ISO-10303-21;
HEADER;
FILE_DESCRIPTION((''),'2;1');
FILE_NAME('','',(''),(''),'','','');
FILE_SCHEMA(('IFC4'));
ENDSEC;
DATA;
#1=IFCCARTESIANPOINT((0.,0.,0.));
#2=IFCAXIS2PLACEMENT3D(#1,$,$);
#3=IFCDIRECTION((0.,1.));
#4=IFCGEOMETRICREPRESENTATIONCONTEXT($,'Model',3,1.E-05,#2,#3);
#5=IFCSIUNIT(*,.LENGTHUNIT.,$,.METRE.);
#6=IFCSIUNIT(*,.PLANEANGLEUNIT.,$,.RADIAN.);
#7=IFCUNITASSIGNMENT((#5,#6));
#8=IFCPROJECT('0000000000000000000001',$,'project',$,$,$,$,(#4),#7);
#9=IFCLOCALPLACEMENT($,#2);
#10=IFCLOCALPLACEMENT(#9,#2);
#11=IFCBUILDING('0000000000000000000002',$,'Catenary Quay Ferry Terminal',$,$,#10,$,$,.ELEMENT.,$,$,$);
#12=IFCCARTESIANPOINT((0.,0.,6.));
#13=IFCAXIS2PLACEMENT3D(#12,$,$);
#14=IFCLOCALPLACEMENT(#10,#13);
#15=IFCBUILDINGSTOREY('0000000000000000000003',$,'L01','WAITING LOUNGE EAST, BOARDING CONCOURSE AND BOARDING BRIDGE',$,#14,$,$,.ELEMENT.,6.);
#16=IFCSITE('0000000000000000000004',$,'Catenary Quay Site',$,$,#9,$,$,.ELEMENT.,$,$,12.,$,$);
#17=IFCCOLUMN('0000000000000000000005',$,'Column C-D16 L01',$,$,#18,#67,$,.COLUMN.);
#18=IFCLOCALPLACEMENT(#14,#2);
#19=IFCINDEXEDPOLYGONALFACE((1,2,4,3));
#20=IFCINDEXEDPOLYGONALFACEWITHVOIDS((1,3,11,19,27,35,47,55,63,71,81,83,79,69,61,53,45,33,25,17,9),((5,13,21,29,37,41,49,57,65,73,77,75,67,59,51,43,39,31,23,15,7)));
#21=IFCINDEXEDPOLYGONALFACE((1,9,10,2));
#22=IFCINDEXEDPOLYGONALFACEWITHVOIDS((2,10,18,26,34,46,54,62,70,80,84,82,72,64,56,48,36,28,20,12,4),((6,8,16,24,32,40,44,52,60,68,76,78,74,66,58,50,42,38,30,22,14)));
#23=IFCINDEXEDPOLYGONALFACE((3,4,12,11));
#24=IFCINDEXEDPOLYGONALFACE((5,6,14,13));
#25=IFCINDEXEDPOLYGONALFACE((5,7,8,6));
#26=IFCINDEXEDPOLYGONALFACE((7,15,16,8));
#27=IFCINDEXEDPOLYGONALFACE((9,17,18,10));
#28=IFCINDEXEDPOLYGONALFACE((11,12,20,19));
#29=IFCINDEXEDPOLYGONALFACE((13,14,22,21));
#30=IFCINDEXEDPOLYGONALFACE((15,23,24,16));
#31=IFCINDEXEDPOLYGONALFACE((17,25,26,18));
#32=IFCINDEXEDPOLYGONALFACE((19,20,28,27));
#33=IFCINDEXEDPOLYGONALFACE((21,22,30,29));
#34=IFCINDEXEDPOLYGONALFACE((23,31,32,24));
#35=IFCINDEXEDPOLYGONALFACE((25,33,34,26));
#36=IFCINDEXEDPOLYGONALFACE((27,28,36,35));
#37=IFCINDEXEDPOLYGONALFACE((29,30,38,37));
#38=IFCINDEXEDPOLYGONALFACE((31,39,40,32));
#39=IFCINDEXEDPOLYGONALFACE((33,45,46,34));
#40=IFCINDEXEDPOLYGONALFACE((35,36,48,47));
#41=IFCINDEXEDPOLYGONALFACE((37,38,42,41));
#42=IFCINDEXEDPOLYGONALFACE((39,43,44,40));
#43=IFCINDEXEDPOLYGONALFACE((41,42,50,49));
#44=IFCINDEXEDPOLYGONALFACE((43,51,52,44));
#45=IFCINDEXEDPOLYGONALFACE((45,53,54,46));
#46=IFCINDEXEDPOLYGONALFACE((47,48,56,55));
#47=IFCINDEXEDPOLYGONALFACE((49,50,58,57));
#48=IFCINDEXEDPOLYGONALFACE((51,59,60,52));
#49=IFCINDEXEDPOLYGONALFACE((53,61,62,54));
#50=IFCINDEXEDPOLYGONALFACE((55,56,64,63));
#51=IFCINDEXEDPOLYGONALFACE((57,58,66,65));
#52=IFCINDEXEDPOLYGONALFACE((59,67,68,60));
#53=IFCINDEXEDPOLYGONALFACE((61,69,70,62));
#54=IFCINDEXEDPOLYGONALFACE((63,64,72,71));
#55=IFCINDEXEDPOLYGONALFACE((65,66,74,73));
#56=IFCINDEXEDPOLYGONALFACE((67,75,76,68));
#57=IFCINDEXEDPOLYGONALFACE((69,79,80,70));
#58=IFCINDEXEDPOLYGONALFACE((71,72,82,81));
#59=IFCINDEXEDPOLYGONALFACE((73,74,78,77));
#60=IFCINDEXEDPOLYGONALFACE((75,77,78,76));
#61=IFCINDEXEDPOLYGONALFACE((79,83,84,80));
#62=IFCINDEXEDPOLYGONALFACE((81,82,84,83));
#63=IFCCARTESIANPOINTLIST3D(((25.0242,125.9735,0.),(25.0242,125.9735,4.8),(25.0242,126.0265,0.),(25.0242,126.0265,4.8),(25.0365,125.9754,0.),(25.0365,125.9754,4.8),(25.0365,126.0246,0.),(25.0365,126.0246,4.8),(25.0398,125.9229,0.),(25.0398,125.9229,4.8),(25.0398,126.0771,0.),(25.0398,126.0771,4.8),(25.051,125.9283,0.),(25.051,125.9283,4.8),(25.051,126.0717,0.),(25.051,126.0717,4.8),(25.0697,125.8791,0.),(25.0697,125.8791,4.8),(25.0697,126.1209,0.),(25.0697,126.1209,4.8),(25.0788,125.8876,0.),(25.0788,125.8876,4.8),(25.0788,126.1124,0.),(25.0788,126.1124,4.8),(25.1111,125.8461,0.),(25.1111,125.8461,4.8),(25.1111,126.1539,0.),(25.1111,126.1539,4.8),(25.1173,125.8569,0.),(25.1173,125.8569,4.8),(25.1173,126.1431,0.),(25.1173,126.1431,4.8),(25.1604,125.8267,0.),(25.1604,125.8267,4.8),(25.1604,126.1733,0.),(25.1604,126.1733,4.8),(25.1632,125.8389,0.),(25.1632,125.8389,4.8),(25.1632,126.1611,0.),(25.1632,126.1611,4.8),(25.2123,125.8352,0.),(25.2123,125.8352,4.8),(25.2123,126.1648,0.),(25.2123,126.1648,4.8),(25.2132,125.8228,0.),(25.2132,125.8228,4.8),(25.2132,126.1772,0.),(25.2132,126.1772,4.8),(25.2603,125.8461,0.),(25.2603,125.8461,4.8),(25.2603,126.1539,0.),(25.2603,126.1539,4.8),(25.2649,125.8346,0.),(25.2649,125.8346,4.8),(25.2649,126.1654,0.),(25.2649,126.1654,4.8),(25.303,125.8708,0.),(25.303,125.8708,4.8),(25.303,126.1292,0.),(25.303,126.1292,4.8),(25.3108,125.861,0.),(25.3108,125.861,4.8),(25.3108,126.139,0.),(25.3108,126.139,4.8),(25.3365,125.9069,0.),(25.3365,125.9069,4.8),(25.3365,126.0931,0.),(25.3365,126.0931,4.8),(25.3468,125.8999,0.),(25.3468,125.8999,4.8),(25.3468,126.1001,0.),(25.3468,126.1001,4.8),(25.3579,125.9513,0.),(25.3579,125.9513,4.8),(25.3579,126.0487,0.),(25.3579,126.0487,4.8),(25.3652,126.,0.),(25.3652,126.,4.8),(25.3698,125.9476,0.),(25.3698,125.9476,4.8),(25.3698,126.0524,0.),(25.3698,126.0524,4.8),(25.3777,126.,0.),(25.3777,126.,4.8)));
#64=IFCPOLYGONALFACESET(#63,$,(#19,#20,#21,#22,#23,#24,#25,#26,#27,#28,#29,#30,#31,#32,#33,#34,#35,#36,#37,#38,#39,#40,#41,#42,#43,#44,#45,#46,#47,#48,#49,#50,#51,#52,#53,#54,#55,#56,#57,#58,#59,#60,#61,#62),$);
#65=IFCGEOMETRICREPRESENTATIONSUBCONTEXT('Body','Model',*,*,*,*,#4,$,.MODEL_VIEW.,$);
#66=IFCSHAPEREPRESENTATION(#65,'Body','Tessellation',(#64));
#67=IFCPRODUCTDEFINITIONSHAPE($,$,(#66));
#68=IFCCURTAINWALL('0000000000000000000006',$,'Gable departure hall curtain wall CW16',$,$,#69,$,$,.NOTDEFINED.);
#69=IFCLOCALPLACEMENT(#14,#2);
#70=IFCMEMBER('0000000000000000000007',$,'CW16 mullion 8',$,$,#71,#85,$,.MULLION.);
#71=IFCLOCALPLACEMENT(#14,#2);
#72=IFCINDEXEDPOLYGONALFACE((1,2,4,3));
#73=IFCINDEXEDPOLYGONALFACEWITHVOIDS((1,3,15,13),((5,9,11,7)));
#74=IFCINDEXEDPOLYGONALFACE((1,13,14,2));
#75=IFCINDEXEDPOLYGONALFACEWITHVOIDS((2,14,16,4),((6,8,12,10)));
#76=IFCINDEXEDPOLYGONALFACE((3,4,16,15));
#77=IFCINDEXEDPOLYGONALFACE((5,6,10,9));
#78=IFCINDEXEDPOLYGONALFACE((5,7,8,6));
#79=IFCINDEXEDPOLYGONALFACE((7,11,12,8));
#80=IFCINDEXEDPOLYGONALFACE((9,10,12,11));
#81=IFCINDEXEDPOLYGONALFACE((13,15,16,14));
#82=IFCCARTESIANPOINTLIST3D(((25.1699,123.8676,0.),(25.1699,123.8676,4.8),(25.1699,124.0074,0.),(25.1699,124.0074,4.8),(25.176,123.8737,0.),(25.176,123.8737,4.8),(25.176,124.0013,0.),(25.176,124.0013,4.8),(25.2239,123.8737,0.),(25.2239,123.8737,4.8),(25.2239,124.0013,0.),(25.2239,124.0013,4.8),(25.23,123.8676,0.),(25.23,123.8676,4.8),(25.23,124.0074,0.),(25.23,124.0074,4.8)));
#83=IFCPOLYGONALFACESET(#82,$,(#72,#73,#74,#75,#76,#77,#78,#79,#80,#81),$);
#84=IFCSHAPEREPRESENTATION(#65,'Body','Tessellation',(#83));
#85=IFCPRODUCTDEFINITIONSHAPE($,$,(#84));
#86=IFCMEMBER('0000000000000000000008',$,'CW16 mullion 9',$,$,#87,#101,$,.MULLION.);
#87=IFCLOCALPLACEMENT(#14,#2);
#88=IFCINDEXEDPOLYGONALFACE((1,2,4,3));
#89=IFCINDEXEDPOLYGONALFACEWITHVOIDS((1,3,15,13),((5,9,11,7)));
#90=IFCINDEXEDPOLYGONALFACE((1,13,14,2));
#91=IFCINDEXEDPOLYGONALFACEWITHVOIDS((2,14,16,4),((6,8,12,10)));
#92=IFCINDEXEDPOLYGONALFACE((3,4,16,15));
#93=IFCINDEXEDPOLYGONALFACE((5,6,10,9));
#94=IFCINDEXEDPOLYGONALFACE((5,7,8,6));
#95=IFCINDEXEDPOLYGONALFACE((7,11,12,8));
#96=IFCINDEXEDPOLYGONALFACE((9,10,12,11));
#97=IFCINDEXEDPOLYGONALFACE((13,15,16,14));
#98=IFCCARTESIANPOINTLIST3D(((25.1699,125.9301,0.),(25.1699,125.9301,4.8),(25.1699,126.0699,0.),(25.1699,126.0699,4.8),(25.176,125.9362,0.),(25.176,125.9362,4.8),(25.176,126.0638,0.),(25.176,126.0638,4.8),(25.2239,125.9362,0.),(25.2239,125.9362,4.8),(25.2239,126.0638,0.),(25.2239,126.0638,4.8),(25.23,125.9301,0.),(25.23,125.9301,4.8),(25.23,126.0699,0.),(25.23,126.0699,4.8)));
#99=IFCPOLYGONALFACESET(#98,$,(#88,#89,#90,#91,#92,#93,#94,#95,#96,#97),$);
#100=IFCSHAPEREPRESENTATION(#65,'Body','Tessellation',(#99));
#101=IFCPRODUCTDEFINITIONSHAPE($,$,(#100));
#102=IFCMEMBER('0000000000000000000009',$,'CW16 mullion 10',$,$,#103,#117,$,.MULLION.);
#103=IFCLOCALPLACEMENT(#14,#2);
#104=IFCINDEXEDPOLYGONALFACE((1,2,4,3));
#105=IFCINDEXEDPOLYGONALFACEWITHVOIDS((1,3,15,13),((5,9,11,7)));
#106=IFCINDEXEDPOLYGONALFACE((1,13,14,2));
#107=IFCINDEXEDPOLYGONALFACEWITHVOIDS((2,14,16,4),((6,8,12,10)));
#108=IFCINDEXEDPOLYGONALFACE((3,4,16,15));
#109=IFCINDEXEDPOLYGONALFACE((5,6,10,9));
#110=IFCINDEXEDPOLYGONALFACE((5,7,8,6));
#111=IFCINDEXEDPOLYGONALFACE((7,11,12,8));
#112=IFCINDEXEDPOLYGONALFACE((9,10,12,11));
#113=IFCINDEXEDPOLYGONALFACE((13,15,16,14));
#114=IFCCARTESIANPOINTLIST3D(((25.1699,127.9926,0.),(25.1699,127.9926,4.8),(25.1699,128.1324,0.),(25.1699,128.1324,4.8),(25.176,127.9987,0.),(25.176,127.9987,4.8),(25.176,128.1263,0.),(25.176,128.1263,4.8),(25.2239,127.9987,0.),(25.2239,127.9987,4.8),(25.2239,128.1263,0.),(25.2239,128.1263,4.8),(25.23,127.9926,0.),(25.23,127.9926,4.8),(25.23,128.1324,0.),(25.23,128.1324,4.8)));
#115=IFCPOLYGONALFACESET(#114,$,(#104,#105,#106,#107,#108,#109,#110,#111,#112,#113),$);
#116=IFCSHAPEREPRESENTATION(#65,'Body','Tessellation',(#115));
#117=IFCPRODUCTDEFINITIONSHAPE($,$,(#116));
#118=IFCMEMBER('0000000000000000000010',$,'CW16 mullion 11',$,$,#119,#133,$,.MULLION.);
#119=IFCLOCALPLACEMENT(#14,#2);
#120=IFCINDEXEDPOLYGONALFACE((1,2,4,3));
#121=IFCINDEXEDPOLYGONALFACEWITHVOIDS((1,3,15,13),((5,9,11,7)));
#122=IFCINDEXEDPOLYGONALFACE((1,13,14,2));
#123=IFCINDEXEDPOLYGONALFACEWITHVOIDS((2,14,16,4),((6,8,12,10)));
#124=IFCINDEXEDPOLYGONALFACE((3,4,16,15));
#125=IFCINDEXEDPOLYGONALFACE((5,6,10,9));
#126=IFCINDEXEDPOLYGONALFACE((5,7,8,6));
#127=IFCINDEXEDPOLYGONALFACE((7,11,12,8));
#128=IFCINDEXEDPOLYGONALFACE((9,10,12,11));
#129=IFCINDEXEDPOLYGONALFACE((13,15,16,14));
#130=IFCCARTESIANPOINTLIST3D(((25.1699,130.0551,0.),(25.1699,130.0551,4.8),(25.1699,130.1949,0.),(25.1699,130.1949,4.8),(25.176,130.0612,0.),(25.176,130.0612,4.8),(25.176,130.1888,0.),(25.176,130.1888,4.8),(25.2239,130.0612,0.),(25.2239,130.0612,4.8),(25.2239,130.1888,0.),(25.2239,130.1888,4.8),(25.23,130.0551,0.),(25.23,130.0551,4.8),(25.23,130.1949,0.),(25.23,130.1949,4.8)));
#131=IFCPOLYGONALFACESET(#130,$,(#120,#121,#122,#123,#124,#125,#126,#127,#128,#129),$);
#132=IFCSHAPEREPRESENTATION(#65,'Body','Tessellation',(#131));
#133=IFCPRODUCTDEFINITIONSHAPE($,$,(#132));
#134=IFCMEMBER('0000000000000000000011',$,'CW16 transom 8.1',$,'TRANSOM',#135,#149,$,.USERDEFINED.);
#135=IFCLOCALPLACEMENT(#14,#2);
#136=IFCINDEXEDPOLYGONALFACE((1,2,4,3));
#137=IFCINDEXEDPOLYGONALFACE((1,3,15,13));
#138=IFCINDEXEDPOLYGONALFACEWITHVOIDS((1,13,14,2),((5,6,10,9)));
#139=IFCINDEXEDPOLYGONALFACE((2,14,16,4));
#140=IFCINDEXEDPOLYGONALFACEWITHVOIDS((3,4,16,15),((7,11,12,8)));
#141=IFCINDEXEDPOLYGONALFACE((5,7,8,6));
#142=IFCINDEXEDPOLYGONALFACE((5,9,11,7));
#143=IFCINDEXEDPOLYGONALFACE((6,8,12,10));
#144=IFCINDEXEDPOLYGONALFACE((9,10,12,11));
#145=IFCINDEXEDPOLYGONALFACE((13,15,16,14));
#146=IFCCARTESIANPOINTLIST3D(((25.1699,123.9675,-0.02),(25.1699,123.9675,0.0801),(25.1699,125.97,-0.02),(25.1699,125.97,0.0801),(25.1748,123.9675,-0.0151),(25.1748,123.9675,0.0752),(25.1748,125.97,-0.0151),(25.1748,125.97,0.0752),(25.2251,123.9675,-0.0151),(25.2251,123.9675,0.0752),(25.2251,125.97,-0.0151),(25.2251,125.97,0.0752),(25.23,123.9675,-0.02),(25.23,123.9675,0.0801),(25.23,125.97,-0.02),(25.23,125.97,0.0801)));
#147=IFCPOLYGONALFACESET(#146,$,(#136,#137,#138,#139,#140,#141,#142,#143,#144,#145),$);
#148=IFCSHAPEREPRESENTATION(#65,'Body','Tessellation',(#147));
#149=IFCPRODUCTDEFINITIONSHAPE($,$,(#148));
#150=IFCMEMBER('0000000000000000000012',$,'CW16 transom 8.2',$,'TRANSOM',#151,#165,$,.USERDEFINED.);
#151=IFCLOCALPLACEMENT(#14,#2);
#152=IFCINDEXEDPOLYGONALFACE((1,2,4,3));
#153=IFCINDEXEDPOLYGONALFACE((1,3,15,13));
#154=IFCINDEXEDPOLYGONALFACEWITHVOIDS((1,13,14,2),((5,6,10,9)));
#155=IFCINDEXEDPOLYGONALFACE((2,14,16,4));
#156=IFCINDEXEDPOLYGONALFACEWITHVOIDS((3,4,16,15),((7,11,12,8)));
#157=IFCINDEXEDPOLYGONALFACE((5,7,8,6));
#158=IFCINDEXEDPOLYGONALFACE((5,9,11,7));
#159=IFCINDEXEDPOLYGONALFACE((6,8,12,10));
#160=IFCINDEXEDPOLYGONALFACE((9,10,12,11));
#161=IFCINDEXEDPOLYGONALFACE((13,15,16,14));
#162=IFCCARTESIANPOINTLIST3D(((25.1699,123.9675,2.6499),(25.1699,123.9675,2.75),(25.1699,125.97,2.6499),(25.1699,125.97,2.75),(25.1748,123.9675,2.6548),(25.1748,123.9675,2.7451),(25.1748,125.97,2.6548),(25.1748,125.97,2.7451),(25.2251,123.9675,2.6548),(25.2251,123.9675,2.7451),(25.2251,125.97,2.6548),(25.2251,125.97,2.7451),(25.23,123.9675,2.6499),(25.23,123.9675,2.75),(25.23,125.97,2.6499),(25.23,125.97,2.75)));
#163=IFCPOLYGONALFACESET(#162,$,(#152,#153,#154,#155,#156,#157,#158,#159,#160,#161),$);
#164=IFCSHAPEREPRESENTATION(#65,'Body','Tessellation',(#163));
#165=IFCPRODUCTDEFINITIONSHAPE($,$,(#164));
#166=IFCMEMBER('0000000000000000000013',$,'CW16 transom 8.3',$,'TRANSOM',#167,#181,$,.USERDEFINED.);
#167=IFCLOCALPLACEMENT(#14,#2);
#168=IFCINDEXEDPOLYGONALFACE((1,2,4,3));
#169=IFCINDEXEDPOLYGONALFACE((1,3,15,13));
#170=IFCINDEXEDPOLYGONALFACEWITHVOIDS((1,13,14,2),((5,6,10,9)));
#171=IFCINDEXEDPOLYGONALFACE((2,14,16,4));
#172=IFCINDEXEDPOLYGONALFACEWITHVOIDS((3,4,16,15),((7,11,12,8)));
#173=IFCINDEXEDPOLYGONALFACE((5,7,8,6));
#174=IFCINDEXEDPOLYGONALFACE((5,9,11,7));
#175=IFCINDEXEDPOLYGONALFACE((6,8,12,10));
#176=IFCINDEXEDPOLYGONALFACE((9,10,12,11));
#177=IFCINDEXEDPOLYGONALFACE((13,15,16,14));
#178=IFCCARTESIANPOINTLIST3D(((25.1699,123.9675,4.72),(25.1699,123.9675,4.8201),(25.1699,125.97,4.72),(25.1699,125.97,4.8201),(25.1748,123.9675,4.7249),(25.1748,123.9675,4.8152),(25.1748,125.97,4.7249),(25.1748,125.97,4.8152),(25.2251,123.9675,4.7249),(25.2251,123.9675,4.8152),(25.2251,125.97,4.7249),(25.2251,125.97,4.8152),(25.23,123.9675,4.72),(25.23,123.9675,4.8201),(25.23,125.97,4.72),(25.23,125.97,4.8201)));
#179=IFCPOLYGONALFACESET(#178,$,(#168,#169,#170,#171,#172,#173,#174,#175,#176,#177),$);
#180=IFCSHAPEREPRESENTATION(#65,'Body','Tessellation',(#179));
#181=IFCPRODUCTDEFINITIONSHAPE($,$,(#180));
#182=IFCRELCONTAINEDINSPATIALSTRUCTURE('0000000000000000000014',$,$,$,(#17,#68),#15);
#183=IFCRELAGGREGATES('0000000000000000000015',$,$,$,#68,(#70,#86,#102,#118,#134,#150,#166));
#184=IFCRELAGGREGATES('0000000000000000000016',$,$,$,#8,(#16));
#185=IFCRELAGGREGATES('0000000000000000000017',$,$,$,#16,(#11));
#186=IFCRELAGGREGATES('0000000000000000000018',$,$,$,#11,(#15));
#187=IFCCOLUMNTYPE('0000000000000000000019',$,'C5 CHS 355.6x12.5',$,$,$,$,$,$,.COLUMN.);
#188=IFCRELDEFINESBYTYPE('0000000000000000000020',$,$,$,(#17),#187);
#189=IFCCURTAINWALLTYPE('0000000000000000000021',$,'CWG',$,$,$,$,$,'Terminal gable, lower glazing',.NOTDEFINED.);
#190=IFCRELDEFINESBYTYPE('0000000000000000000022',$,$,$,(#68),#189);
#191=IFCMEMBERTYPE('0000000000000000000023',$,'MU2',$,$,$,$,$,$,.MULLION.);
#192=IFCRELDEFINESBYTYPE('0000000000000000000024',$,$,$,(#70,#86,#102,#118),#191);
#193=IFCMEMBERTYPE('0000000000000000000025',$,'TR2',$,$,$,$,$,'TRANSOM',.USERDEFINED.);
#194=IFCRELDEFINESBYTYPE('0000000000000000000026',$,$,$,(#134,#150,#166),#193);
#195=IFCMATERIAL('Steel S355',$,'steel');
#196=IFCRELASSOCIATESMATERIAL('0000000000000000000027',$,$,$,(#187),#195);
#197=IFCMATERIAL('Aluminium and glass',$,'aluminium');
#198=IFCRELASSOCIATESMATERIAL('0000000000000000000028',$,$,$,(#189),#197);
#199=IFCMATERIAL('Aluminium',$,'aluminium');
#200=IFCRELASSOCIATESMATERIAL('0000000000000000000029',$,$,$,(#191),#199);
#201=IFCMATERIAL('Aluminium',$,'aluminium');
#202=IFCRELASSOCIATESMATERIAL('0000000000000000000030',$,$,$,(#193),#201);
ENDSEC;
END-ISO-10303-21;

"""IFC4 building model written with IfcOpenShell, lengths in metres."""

from ifc_helpers import new_model, si_unit, direction, frame, origin, origin_2d, place, context, subcontext, project, spatial, hollow_rectangle, hollow_circle, extrude, material, material_profile, profile_set, type_object, element, aggregate, save


model = new_model("IFC4")

# Units and contexts
model_context = context("Model", 3, precision=1e-05, world=origin(), true_north=direction((0.0, 1.0)))
body_context = subcontext(model_context, "Body", "Model", "MODEL_VIEW")
ifc_project = project(units=[si_unit("LENGTHUNIT", "METRE"), si_unit("PLANEANGLEUNIT", "RADIAN")], contexts=[model_context])

# Site, building, storey
site_placement = place(None, origin())
site = spatial("IfcSite", under=ifc_project, at=site_placement, Name="Catenary Quay Site", CompositionType="ELEMENT", RefElevation=12.0)
building_placement = place(site_placement, origin())
building = spatial("IfcBuilding", under=site, at=building_placement, Name="Catenary Quay Ferry Terminal", CompositionType="ELEMENT")
storey_placement = place(building_placement, frame((0.0, 0.0, 6.0)))
storey = spatial("IfcBuildingStorey", under=building, at=storey_placement, Name="L01", Description="WAITING LOUNGE EAST, BOARDING CONCOURSE AND BOARDING BRIDGE", CompositionType="ELEMENT", Elevation=6.0)

# Column
ifc_material_1 = material(Name="Steel S355", Category="steel")
ifc_material_profile_1 = material_profile(ifc_material_1, hollow_circle(Radius=0.1777, WallThickness=0.0125, at=origin_2d()), Name="CHS 355.6x12.5")
ifc_profile_set_1 = profile_set([ifc_material_profile_1], Name="Steel S355")
column_type = type_object("IfcColumnType", Name="C5 CHS 355.6x12.5", PredefinedType="COLUMN", material=ifc_profile_set_1)
column_placement = place(storey_placement, frame((25.2, 126.0, 0.0), z_axis=(0.0, 0.0, 1.0), x_axis=(1.0, 0.0, 0.0)))
element("IfcColumn", 1, at=column_placement, inside=storey, type_object=column_type, Name="Column C-D16 L01", PredefinedType="COLUMN", context=body_context, shape_type="SweptSolid", body=[
    extrude(hollow_circle(Radius=0.1777, WallThickness=0.0125, at=origin_2d()), origin(), (0.0, 0.0, 1.0), 4.8),
])

# Curtain wall, members
ifc_material_2 = material(Name="Aluminium and glass", Category="aluminium")
curtain_wall_type = type_object("IfcCurtainWallType", Name="CWG", ElementType="Terminal gable, lower glazing", PredefinedType="NOTDEFINED", material=ifc_material_2)
curtain_wall_placement = place(storey_placement, origin())
curtain_wall = element("IfcCurtainWall", 2, at=curtain_wall_placement, inside=storey, type_object=curtain_wall_type, Name="Gable departure hall curtain wall CW16", PredefinedType="NOTDEFINED")
ifc_material_3 = material(Name="Aluminium", Category="aluminium")
ifc_material_profile_2 = material_profile(ifc_material_3, hollow_rectangle(XDim=0.0601, YDim=0.1399, WallThickness=0.0061, at=origin_2d()), Name="MU2")
ifc_profile_set_2 = profile_set([ifc_material_profile_2], Name="Aluminium")
member_type_1 = type_object("IfcMemberType", Name="MU2", PredefinedType="MULLION", material=ifc_profile_set_2)
member_1_placement = place(storey_placement, frame((25.2, 123.9375, 0.0), z_axis=(0.0, 0.0, 1.0), x_axis=(-1.0, 0.0, 0.0)))
member_1 = element("IfcMember", 3, at=member_1_placement, type_object=member_type_1, Name="CW16 mullion 8", PredefinedType="MULLION", context=body_context, shape_type="SweptSolid", body=[
    extrude(hollow_rectangle(XDim=0.0601, YDim=0.1399, WallThickness=0.0061, at=origin_2d()), origin(), (0.0, 0.0, 1.0), 4.8),
])
member_2_placement = place(storey_placement, frame((25.2, 126.0, 0.0), z_axis=(0.0, 0.0, 1.0), x_axis=(-1.0, 0.0, 0.0)))
member_2 = element("IfcMember", 4, at=member_2_placement, type_object=member_type_1, Name="CW16 mullion 9", PredefinedType="MULLION", context=body_context, shape_type="SweptSolid", body=[
    extrude(hollow_rectangle(XDim=0.0601, YDim=0.1399, WallThickness=0.0061, at=origin_2d()), origin(), (0.0, 0.0, 1.0), 4.8),
])
member_3_placement = place(storey_placement, frame((25.2, 128.0625, 0.0), z_axis=(0.0, 0.0, 1.0), x_axis=(-1.0, 0.0, 0.0)))
member_3 = element("IfcMember", 5, at=member_3_placement, type_object=member_type_1, Name="CW16 mullion 10", PredefinedType="MULLION", context=body_context, shape_type="SweptSolid", body=[
    extrude(hollow_rectangle(XDim=0.0601, YDim=0.1399, WallThickness=0.0061, at=origin_2d()), origin(), (0.0, 0.0, 1.0), 4.8),
])
member_4_placement = place(storey_placement, frame((25.2, 130.125, 0.0), z_axis=(0.0, 0.0, 1.0), x_axis=(-1.0, 0.0, 0.0)))
member_4 = element("IfcMember", 6, at=member_4_placement, type_object=member_type_1, Name="CW16 mullion 11", PredefinedType="MULLION", context=body_context, shape_type="SweptSolid", body=[
    extrude(hollow_rectangle(XDim=0.0601, YDim=0.1399, WallThickness=0.0061, at=origin_2d()), origin(), (0.0, 0.0, 1.0), 4.8),
])
ifc_material_4 = material(Name="Aluminium", Category="aluminium")
ifc_material_profile_3 = material_profile(ifc_material_4, hollow_rectangle(XDim=0.0601, YDim=0.1001, WallThickness=0.0049, at=origin_2d()), Name="TR2")
ifc_profile_set_3 = profile_set([ifc_material_profile_3], Name="Aluminium")
member_type_2 = type_object("IfcMemberType", Name="TR2", ElementType="TRANSOM", PredefinedType="USERDEFINED", material=ifc_profile_set_3)
member_5_placement = place(storey_placement, frame((25.2, 123.9675, 0.03), z_axis=(0.0, 1.0, 0.0), x_axis=(-1.0, 0.0, 0.0)))
member_5 = element("IfcMember", 7, at=member_5_placement, type_object=member_type_2, Name="CW16 transom 8.1", ObjectType="TRANSOM", PredefinedType="USERDEFINED", context=body_context, shape_type="SweptSolid", body=[
    extrude(hollow_rectangle(XDim=0.0601, YDim=0.1001, WallThickness=0.0049, at=origin_2d()), origin(), (0.0, 0.0, 1.0), 2.0024),
])
member_6_placement = place(storey_placement, frame((25.2, 123.9675, 2.7), z_axis=(0.0, 1.0, 0.0), x_axis=(-1.0, 0.0, 0.0)))
member_6 = element("IfcMember", 8, at=member_6_placement, type_object=member_type_2, Name="CW16 transom 8.2", ObjectType="TRANSOM", PredefinedType="USERDEFINED", context=body_context, shape_type="SweptSolid", body=[
    extrude(hollow_rectangle(XDim=0.0601, YDim=0.1001, WallThickness=0.0049, at=origin_2d()), origin(), (0.0, 0.0, 1.0), 2.0024),
])
member_7_placement = place(storey_placement, frame((25.2, 123.9675, 4.77), z_axis=(0.0, 1.0, 0.0), x_axis=(-1.0, 0.0, 0.0)))
member_7 = element("IfcMember", 9, at=member_7_placement, type_object=member_type_2, Name="CW16 transom 8.3", ObjectType="TRANSOM", PredefinedType="USERDEFINED", context=body_context, shape_type="SweptSolid", body=[
    extrude(hollow_rectangle(XDim=0.0601, YDim=0.1001, WallThickness=0.0049, at=origin_2d()), origin(), (0.0, 0.0, 1.0), 2.0024),
])
aggregate(curtain_wall, [member_1, member_2, member_3, member_4, member_5, member_6, member_7])

save(model, "model.ifc")
